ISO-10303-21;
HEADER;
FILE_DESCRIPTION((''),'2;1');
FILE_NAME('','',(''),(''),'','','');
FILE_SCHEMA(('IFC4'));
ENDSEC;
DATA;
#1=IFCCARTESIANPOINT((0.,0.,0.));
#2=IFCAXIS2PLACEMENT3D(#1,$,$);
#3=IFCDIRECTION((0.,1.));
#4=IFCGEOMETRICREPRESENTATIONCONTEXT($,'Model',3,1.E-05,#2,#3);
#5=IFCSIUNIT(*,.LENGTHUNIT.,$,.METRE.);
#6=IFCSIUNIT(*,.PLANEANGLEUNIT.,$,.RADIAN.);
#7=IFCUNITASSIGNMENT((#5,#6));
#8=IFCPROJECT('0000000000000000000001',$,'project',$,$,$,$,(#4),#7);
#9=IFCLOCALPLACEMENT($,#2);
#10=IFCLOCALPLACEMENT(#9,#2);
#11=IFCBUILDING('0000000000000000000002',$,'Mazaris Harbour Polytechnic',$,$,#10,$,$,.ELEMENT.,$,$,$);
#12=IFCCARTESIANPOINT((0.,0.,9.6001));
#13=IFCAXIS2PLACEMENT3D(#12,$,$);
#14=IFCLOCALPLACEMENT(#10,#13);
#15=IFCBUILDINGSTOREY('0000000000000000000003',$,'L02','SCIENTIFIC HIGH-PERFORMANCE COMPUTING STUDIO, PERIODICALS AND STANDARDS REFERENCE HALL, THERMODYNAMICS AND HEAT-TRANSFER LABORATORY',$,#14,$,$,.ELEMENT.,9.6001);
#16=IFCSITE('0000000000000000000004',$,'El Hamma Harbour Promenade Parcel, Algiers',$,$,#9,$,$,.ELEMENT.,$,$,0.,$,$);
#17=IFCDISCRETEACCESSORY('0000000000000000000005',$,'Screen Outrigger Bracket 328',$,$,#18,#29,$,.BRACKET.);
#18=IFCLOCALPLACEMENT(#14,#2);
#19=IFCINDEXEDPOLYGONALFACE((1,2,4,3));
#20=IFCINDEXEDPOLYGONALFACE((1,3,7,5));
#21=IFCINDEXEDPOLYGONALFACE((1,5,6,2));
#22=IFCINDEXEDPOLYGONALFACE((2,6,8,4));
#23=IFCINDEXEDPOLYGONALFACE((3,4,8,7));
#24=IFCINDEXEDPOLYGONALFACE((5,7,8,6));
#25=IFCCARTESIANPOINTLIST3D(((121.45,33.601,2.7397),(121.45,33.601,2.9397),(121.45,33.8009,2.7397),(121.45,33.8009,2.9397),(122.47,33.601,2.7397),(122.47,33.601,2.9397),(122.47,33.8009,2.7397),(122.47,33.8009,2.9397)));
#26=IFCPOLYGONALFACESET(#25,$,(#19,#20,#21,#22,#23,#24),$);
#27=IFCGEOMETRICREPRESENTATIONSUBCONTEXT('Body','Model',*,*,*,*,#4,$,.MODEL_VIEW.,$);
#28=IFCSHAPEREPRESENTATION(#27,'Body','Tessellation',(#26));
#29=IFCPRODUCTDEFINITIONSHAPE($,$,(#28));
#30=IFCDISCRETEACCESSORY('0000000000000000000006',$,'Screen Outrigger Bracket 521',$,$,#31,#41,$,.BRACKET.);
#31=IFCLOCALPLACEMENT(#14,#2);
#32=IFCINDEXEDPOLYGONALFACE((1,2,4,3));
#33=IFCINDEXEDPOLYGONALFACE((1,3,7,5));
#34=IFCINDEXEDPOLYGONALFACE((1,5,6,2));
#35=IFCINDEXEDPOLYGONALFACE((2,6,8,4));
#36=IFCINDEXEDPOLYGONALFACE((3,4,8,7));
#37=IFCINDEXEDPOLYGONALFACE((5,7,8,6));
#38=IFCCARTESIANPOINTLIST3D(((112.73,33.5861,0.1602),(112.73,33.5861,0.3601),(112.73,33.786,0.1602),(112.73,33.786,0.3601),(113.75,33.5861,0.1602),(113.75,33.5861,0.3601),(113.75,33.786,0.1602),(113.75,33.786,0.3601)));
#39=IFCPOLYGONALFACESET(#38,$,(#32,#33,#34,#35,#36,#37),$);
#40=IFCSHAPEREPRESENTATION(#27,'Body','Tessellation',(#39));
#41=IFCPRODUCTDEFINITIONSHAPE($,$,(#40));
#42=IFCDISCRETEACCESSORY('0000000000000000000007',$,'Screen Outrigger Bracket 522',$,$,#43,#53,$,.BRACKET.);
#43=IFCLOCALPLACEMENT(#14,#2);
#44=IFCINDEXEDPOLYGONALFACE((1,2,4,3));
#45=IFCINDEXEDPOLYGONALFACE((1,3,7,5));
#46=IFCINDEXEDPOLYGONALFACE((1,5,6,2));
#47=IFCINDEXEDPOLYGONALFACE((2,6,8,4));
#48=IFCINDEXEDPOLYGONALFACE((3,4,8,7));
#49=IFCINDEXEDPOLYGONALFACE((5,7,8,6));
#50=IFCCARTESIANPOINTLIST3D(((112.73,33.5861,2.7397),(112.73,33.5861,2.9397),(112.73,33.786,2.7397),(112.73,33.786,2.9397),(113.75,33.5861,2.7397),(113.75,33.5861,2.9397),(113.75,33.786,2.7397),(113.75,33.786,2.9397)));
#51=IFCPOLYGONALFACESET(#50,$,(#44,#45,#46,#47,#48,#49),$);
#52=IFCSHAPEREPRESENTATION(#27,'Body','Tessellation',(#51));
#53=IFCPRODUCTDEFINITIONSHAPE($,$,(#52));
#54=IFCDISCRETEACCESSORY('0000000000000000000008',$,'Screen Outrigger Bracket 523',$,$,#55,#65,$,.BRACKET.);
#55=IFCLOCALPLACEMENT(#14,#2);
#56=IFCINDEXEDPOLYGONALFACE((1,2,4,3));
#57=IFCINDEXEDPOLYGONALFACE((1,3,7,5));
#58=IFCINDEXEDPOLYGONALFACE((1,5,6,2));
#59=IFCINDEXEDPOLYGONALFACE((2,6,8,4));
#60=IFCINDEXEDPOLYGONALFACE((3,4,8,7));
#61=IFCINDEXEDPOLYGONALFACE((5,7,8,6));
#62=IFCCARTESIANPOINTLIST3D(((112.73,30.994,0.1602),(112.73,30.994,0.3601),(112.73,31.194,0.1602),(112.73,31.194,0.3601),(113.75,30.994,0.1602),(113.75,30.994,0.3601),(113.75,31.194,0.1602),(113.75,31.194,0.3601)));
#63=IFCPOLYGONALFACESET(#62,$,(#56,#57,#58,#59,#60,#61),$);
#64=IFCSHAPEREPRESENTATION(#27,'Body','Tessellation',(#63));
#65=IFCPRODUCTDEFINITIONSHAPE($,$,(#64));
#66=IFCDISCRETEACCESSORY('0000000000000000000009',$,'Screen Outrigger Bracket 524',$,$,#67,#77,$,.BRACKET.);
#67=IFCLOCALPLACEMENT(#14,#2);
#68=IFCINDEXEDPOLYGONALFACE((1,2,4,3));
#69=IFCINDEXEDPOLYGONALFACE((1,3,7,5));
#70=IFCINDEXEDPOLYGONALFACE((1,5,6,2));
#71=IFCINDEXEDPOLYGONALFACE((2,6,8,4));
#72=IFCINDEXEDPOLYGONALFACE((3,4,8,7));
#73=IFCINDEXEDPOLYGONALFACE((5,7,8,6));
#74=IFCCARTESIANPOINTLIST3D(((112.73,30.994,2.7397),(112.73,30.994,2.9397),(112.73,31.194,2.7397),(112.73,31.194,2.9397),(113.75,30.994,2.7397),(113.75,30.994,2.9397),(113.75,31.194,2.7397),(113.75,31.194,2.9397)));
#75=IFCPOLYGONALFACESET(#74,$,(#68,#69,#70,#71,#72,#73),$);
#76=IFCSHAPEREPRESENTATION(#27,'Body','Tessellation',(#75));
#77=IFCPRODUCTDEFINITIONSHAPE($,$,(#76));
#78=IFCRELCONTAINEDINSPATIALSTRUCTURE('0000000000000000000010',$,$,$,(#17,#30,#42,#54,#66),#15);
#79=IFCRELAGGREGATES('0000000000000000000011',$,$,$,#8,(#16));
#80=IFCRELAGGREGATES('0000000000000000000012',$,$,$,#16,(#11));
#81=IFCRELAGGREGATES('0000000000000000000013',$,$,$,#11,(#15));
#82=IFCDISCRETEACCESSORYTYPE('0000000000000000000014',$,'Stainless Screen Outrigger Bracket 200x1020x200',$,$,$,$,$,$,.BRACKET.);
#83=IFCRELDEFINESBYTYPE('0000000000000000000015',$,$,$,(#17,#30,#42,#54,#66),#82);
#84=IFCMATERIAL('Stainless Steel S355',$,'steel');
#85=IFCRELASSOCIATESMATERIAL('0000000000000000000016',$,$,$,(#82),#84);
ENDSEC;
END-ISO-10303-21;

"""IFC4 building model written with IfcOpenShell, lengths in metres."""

from ifc_helpers import new_model, si_unit, direction, frame, origin, origin_2d, place, context, subcontext, project, spatial, rectangle, extrude, material, type_object, element, save


model = new_model("IFC4")

# Units and contexts
model_context = context("Model", 3, precision=1e-05, world=origin(), true_north=direction((0.0, 1.0)))
body_context = subcontext(model_context, "Body", "Model", "MODEL_VIEW")
ifc_project = project(units=[si_unit("LENGTHUNIT", "METRE"), si_unit("PLANEANGLEUNIT", "RADIAN")], contexts=[model_context])

# Site, building, storey
site_placement = place(None, origin())
site = spatial("IfcSite", under=ifc_project, at=site_placement, Name="El Hamma Harbour Promenade Parcel, Algiers", CompositionType="ELEMENT", RefElevation=0.0)
building_placement = place(site_placement, origin())
building = spatial("IfcBuilding", under=site, at=building_placement, Name="Mazaris Harbour Polytechnic", CompositionType="ELEMENT")
storey_placement = place(building_placement, frame((0.0, 0.0, 9.6001)))
storey = spatial("IfcBuildingStorey", under=building, at=storey_placement, Name="L02", Description="SCIENTIFIC HIGH-PERFORMANCE COMPUTING STUDIO, PERIODICALS AND STANDARDS REFERENCE HALL, THERMODYNAMICS AND HEAT-TRANSFER LABORATORY", CompositionType="ELEMENT", Elevation=9.6001)

# Discrete accessories
ifc_material_1 = material(Name="Stainless Steel S355", Category="steel")
discrete_accessory_type = type_object("IfcDiscreteAccessoryType", Name="Stainless Screen Outrigger Bracket 200x1020x200", PredefinedType="BRACKET", material=ifc_material_1)
for number, where, z_axis, x_axis, name in (
    (1, (121.96, 33.7009, 2.7397), (0.0, 0.0, 1.0), (0.0, 1.0, 0.0), "Screen Outrigger Bracket 328"),
    (2, (113.24, 33.686, 0.1602), (0.0, 0.0, 1.0), (0.0, -1.0, 0.0), "Screen Outrigger Bracket 521"),
    (3, (113.24, 33.686, 2.7397), (0.0, 0.0, 1.0), (0.0, -1.0, 0.0), "Screen Outrigger Bracket 522"),
    (4, (113.24, 31.094, 0.1602), (0.0, 0.0, 1.0), (0.0, -1.0, 0.0), "Screen Outrigger Bracket 523"),
    (5, (113.24, 31.094, 2.7397), (0.0, 0.0, 1.0), (0.0, -1.0, 0.0), "Screen Outrigger Bracket 524"),
):
    element("IfcDiscreteAccessory", number, at=place(storey_placement, frame(where, z_axis=z_axis, x_axis=x_axis)), inside=storey, type_object=discrete_accessory_type, Name=name, PredefinedType="BRACKET", context=body_context, shape_type="SweptSolid", body=[
        extrude(rectangle(XDim=0.2, YDim=1.02, at=origin_2d()), origin(), (0.0, 0.0, 1.0), 0.2),
    ])

save(model, "model.ifc")
